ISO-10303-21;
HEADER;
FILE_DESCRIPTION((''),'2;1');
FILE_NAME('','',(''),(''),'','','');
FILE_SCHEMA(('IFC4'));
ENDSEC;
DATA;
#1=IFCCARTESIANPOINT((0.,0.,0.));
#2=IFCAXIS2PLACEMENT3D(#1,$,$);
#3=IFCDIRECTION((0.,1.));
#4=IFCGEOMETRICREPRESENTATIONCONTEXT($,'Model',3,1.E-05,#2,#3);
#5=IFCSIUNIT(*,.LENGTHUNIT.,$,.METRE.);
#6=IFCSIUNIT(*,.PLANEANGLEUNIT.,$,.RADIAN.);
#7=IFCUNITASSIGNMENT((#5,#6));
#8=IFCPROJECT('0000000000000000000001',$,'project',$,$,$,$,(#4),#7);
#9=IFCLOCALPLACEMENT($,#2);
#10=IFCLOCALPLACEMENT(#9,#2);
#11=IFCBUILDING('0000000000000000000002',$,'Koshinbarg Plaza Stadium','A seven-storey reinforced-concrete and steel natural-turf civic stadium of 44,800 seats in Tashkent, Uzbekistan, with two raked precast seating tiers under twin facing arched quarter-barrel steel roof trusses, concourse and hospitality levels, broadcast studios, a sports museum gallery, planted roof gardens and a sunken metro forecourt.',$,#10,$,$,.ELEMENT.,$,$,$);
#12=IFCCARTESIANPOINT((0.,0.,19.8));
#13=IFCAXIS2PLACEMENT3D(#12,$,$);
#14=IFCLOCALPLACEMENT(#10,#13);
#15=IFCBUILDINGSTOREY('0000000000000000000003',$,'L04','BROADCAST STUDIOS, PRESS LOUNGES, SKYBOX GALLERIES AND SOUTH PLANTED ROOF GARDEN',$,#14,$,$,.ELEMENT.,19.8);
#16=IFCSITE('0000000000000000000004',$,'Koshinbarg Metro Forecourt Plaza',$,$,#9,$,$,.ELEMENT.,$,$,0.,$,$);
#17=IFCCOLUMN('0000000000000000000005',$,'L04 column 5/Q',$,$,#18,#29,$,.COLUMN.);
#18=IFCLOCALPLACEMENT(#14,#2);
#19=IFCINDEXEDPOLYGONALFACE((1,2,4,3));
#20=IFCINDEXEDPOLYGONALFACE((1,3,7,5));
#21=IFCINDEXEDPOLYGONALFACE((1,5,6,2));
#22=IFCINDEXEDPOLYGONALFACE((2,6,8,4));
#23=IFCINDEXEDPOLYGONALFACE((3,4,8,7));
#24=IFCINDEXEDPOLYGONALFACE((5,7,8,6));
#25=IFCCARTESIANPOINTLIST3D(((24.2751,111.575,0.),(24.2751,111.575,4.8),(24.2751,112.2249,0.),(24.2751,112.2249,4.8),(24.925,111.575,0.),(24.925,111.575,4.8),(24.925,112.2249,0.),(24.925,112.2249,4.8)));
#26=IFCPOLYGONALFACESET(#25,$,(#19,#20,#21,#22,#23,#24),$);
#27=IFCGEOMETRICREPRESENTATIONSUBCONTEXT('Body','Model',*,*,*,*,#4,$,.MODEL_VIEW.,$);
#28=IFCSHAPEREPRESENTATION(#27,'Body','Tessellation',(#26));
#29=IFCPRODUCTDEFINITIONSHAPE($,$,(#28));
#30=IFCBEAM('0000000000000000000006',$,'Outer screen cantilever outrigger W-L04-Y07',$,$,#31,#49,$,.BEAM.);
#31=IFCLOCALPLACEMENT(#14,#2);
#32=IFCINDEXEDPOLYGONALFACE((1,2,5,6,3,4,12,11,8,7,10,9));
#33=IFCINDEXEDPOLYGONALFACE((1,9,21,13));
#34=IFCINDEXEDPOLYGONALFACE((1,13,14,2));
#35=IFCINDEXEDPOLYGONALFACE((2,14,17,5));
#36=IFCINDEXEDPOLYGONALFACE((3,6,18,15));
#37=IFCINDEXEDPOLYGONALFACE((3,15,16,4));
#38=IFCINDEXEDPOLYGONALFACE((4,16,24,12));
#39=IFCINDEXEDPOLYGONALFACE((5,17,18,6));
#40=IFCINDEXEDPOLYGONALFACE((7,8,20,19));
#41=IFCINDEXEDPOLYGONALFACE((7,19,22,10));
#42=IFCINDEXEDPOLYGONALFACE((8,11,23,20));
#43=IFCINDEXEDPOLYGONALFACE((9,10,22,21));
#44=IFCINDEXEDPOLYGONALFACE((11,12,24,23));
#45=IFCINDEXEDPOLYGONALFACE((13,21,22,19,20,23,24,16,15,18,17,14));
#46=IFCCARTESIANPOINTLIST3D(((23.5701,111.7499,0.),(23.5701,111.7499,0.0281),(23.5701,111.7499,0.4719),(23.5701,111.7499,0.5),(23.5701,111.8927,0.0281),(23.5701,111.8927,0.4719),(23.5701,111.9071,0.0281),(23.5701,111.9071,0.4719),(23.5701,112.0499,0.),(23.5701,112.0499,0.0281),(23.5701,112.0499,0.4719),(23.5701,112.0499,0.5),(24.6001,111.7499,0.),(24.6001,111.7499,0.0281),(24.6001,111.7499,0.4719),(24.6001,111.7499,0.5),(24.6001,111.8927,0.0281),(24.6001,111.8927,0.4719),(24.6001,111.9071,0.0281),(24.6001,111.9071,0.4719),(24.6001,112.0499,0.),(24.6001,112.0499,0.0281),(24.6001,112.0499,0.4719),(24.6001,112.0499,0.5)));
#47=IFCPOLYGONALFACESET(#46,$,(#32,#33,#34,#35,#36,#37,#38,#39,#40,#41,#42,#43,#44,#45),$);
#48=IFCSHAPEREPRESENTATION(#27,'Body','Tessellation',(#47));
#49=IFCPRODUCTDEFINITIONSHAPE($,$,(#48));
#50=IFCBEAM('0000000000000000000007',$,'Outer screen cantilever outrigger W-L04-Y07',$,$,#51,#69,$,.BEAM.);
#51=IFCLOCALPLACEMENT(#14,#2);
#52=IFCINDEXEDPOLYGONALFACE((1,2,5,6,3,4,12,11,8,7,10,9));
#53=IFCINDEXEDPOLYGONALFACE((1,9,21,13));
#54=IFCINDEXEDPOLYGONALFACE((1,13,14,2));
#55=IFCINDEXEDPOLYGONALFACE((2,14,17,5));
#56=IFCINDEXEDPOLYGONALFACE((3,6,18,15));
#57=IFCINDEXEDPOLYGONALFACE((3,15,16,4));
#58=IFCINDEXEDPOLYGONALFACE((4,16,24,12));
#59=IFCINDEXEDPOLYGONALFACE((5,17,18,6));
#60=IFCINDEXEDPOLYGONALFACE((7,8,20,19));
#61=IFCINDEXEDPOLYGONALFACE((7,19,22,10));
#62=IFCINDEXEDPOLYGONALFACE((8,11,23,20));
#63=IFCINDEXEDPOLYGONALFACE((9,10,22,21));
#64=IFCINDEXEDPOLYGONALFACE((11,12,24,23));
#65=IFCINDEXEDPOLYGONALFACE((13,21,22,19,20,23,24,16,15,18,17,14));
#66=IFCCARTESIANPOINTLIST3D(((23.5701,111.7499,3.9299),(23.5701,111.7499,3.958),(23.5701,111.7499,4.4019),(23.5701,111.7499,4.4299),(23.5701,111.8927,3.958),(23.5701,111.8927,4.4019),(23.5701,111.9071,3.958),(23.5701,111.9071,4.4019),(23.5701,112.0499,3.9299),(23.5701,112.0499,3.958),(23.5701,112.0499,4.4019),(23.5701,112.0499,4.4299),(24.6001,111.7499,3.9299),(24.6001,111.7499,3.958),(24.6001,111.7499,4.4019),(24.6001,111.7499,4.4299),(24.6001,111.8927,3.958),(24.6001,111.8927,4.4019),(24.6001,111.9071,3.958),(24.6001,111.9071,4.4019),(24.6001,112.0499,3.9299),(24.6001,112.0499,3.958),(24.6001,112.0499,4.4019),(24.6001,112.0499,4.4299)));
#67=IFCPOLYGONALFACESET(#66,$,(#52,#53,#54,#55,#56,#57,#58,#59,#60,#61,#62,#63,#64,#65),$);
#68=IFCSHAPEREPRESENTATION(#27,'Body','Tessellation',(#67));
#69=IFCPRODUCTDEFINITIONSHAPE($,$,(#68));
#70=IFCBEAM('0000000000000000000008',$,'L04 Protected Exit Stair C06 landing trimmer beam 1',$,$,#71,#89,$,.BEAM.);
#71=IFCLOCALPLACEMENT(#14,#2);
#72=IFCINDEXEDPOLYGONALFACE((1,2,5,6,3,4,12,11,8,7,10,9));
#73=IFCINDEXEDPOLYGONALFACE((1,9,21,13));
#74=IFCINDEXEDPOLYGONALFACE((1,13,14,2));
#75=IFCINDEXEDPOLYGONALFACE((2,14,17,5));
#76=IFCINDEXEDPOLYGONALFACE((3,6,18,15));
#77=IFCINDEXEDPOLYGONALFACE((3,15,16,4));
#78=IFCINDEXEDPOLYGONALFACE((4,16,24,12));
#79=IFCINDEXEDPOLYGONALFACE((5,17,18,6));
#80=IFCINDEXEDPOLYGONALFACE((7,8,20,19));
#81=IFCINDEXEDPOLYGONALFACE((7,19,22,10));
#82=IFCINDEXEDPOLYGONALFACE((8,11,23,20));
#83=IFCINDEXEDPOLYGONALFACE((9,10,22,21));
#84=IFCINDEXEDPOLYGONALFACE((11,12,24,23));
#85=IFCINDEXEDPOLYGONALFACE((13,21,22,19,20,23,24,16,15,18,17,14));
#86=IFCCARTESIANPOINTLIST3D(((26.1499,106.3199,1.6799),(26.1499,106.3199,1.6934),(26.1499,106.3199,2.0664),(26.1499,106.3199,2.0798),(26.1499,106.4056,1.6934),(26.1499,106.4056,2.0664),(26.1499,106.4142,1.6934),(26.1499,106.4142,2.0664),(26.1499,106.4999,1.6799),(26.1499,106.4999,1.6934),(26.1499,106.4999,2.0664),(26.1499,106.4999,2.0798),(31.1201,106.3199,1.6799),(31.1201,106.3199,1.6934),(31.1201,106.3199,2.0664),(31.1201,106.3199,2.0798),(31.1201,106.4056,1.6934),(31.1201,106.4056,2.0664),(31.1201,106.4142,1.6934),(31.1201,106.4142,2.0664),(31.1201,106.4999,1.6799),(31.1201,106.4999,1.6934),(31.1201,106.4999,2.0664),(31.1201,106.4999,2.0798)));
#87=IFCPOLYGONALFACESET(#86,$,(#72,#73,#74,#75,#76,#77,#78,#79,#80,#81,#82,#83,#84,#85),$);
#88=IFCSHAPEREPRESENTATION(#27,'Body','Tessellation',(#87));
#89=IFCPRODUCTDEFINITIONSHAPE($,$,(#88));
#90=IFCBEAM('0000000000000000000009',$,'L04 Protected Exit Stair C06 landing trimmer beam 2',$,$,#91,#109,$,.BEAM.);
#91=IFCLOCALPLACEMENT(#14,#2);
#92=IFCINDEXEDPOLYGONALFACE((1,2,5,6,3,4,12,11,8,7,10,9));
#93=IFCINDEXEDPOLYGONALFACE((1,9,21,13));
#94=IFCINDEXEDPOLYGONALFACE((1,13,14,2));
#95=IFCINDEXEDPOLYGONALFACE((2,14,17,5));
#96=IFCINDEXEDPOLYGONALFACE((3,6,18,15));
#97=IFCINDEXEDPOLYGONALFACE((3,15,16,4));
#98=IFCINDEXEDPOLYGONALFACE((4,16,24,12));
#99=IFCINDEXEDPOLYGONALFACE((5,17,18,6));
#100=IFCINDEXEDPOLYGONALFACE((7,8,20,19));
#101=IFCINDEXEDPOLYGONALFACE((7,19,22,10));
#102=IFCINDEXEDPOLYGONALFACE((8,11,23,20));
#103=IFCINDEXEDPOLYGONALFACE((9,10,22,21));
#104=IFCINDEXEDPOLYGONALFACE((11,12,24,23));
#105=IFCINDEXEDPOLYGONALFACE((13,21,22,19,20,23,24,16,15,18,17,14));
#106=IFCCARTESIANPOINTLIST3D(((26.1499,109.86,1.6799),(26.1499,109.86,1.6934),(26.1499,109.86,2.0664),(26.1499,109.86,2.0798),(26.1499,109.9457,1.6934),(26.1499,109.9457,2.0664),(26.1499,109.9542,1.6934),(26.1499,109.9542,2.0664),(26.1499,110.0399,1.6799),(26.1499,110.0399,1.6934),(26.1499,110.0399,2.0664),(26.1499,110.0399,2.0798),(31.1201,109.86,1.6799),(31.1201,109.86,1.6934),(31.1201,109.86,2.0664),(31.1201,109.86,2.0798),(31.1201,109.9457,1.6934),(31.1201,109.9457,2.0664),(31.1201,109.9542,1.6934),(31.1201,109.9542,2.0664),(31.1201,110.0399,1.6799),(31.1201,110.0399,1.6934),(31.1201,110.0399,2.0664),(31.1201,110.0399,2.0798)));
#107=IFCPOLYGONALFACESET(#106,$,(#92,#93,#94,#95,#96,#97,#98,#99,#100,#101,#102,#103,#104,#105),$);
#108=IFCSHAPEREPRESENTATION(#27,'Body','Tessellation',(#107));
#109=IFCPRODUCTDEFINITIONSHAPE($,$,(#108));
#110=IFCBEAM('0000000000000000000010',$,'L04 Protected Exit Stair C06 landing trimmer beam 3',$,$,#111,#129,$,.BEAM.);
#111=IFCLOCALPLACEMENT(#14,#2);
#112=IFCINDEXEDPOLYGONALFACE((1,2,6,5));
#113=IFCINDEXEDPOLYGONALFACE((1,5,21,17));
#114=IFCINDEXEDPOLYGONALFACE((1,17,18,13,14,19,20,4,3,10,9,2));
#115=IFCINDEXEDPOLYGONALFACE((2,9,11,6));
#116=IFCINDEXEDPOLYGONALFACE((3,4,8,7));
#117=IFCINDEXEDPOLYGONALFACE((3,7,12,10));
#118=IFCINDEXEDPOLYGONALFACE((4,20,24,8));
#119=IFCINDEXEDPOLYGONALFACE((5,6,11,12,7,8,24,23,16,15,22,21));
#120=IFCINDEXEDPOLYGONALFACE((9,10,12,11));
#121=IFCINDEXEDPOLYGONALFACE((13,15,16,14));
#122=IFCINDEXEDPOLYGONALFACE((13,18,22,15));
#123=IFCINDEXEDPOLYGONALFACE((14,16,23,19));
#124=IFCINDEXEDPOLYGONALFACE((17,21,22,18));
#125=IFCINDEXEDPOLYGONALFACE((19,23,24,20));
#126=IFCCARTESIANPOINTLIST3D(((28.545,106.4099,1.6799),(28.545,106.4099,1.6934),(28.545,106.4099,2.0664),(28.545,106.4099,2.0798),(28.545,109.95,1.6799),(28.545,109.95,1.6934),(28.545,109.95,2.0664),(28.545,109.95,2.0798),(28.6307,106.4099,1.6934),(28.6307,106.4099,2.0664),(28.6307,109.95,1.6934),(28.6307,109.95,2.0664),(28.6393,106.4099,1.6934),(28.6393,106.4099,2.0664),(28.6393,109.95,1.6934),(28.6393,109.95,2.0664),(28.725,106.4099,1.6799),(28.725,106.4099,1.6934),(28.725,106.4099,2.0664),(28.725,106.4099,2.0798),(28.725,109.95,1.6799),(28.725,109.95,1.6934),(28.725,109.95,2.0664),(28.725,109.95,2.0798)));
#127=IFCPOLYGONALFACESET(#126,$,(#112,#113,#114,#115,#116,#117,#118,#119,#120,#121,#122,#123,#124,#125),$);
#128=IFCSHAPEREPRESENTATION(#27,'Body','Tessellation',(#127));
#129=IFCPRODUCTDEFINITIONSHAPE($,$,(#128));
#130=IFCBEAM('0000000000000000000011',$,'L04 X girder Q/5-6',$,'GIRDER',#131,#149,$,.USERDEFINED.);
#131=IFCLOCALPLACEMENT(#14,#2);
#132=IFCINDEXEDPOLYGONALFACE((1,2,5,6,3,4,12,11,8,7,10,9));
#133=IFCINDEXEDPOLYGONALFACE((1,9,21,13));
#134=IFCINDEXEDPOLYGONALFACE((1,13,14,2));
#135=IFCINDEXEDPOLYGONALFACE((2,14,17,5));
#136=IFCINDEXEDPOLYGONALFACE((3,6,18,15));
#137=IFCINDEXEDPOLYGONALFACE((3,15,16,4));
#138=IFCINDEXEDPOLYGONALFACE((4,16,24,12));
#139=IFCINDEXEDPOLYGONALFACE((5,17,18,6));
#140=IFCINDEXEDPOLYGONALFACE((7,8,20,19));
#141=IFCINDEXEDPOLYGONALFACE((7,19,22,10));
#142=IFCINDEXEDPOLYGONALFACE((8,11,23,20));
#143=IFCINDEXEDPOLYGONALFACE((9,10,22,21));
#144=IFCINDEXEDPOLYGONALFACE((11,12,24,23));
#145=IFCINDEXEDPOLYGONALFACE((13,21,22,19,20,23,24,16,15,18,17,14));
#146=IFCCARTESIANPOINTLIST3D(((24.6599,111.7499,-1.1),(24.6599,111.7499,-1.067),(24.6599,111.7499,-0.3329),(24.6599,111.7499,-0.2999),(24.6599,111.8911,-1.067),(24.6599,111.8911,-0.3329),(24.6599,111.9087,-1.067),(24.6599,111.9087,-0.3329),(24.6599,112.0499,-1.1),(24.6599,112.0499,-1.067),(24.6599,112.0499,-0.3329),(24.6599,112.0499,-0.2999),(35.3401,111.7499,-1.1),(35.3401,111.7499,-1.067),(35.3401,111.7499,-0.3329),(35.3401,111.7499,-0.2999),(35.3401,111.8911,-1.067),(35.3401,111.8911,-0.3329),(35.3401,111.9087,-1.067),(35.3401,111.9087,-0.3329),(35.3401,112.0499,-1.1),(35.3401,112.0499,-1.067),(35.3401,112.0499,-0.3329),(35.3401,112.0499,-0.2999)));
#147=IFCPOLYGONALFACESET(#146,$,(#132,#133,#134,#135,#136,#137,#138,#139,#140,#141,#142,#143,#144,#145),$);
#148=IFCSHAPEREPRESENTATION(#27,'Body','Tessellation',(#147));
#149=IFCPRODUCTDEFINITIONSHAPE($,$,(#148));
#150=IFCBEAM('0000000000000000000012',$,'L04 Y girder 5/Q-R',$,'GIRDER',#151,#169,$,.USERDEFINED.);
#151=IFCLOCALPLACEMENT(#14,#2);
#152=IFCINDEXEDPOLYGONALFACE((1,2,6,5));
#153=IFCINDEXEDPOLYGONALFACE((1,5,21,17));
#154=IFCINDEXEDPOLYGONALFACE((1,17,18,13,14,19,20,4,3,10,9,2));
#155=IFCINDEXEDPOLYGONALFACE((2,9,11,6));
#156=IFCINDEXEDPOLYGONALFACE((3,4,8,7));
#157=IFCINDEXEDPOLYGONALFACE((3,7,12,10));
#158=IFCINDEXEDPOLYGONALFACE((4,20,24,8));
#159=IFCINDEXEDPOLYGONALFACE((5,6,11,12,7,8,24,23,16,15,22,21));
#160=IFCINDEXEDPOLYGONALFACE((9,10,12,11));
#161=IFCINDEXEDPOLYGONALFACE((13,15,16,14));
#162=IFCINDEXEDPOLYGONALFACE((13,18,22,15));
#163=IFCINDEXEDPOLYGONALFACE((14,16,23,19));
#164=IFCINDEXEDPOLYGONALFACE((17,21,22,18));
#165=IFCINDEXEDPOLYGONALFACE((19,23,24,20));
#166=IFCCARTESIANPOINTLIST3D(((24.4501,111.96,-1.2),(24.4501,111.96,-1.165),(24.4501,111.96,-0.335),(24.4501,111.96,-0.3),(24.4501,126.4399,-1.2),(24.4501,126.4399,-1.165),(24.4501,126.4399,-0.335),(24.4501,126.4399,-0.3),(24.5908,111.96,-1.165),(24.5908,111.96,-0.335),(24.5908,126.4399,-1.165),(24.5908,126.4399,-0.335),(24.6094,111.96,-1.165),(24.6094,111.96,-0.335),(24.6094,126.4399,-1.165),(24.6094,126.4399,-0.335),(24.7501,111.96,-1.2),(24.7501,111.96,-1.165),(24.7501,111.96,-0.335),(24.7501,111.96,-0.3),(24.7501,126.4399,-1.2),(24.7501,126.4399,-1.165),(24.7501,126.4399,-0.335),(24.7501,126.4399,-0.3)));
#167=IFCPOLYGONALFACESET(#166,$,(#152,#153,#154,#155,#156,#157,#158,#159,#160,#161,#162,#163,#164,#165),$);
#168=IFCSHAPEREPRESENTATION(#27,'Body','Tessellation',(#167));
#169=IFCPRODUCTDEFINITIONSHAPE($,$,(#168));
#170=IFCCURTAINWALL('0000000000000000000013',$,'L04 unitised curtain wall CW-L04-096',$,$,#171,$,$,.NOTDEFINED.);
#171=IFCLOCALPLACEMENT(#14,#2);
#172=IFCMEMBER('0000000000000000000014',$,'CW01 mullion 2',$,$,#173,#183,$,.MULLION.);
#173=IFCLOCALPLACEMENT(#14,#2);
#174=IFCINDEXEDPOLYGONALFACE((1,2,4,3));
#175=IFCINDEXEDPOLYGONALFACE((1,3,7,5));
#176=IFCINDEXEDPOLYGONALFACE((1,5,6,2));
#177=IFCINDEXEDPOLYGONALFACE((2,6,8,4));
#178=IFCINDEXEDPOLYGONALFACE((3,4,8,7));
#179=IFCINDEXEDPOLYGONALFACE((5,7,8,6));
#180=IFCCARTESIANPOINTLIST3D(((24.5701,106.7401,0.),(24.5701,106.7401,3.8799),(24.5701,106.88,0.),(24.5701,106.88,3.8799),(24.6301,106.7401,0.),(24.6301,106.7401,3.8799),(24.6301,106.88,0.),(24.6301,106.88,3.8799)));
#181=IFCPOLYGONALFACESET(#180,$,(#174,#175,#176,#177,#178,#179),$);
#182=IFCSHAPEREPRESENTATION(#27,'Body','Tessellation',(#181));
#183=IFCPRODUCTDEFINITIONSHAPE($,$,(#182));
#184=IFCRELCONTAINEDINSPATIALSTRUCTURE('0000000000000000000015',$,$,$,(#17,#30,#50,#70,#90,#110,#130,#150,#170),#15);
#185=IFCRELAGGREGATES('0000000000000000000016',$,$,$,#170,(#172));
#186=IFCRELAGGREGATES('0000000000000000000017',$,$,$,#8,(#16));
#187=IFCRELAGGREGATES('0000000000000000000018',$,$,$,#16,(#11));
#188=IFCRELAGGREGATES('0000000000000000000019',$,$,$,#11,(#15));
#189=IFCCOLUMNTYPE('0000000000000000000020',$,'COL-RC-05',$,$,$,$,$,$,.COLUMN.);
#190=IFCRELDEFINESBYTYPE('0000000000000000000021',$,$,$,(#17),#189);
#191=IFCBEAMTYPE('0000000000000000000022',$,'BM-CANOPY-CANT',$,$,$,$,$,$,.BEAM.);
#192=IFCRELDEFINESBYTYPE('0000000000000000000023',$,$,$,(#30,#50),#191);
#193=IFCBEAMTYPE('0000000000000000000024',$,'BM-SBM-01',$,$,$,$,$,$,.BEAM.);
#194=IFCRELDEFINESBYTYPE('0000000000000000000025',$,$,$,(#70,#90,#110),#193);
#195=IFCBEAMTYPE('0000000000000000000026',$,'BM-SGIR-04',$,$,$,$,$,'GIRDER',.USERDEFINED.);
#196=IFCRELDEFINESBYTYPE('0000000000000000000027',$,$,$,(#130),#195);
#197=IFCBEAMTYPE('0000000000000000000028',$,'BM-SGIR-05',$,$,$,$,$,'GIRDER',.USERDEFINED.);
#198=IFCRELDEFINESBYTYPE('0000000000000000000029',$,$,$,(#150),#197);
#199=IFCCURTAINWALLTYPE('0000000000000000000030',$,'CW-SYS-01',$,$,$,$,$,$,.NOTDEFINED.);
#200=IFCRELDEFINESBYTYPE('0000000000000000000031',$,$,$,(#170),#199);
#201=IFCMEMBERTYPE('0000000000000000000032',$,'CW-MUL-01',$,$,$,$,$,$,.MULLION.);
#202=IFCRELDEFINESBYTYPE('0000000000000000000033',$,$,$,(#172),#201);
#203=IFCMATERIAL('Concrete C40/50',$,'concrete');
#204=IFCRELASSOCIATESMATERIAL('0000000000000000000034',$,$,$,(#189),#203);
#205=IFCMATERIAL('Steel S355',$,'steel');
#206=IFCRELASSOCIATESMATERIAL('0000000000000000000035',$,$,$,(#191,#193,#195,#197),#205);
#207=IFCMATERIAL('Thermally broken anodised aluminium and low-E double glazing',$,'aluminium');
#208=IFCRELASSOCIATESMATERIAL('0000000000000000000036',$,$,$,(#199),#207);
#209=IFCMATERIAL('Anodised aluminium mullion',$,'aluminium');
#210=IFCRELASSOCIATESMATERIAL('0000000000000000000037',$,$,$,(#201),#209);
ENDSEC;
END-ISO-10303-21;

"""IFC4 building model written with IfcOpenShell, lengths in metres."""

from ifc_helpers import new_model, si_unit, direction, frame, origin, origin_2d, place, context, subcontext, project, spatial, rectangle, i_section, extrude, material, material_profile, profile_set, type_object, element, aggregate, save


model = new_model("IFC4")

# Units and contexts
model_context = context("Model", 3, precision=1e-05, world=origin(), true_north=direction((0.0, 1.0)))
body_context = subcontext(model_context, "Body", "Model", "MODEL_VIEW")
ifc_project = project(units=[si_unit("LENGTHUNIT", "METRE"), si_unit("PLANEANGLEUNIT", "RADIAN")], contexts=[model_context])

# Site, building, storey
site_placement = place(None, origin())
site = spatial("IfcSite", under=ifc_project, at=site_placement, Name="Koshinbarg Metro Forecourt Plaza", CompositionType="ELEMENT", RefElevation=0.0)
building_placement = place(site_placement, origin())
building = spatial("IfcBuilding", under=site, at=building_placement, Name="Koshinbarg Plaza Stadium", Description="A seven-storey reinforced-concrete and steel natural-turf civic stadium of 44,800 seats in Tashkent, Uzbekistan, with two raked precast seating tiers under twin facing arched quarter-barrel steel roof trusses, concourse and hospitality levels, broadcast studios, a sports museum gallery, planted roof gardens and a sunken metro forecourt.", CompositionType="ELEMENT")
storey_placement = place(building_placement, frame((0.0, 0.0, 19.8)))
storey = spatial("IfcBuildingStorey", under=building, at=storey_placement, Name="L04", Description="BROADCAST STUDIOS, PRESS LOUNGES, SKYBOX GALLERIES AND SOUTH PLANTED ROOF GARDEN", CompositionType="ELEMENT", Elevation=19.8)

# Column
ifc_material_1 = material(Name="Concrete C40/50", Category="concrete")
ifc_material_profile_1 = material_profile(ifc_material_1, rectangle(XDim=0.6499, YDim=0.6499, at=origin_2d()), Name="RC 650x650")
ifc_profile_set_1 = profile_set([ifc_material_profile_1], Name="Concrete C40/50")
column_type = type_object("IfcColumnType", Name="COL-RC-05", PredefinedType="COLUMN", material=ifc_profile_set_1)
column_placement = place(storey_placement, frame((24.6001, 111.8999, 0.0), z_axis=(0.0, 0.0, 1.0), x_axis=(1.0, 0.0, 0.0)))
element("IfcColumn", 1, at=column_placement, inside=storey, type_object=column_type, Name="L04 column 5/Q", PredefinedType="COLUMN", context=body_context, shape_type="SweptSolid", body=[
    extrude(rectangle(XDim=0.6499, YDim=0.6499, at=origin_2d()), origin(), (0.0, 0.0, 1.0), 4.8),
])

# Beams
ifc_material_2 = material(Name="Steel S355", Category="steel")
ifc_material_profile_2 = material_profile(ifc_material_2, i_section(OverallWidth=0.3, OverallDepth=0.5, WebThickness=0.0144, FlangeThickness=0.0281, at=origin_2d()), Name="HEB 500")
ifc_profile_set_2 = profile_set([ifc_material_profile_2], Name="Steel S355")
beam_type_1 = type_object("IfcBeamType", Name="BM-CANOPY-CANT", PredefinedType="BEAM", material=ifc_profile_set_2)
for number, where, z_axis, x_axis, name in (
    (2, (24.6001, 111.8999, 0.25), (-1.0, 0.0, 0.0), (0.0, -1.0, 0.0), "Outer screen cantilever outrigger W-L04-Y07"),
    (3, (24.6001, 111.8999, 4.1799), (-1.0, 0.0, 0.0), (0.0, -1.0, 0.0), "Outer screen cantilever outrigger W-L04-Y07"),
):
    element("IfcBeam", number, at=place(storey_placement, frame(where, z_axis=z_axis, x_axis=x_axis)), inside=storey, type_object=beam_type_1, Name=name, PredefinedType="BEAM", context=body_context, shape_type="SweptSolid", body=[
        extrude(i_section(OverallWidth=0.3, OverallDepth=0.5, WebThickness=0.0144, FlangeThickness=0.0281, at=origin_2d()), origin(), (0.0, 0.0, 1.0), 1.03),
    ])
ifc_material_profile_3 = material_profile(ifc_material_2, i_section(OverallWidth=0.1799, OverallDepth=0.3999, WebThickness=0.0085, FlangeThickness=0.0134, at=origin_2d()), Name="IPE 400")
ifc_profile_set_3 = profile_set([ifc_material_profile_3], Name="Steel S355")
beam_type_2 = type_object("IfcBeamType", Name="BM-SBM-01", PredefinedType="BEAM", material=ifc_profile_set_3)
for number, where, z_axis, x_axis, name in (
    (4, (26.1499, 106.4099, 1.8799), (1.0, 0.0, 0.0), (0.0, 1.0, 0.0), "L04 Protected Exit Stair C06 landing trimmer beam 1"),
    (5, (26.1499, 109.95, 1.8799), (1.0, 0.0, 0.0), (0.0, 1.0, 0.0), "L04 Protected Exit Stair C06 landing trimmer beam 2"),
):
    element("IfcBeam", number, at=place(storey_placement, frame(where, z_axis=z_axis, x_axis=x_axis)), inside=storey, type_object=beam_type_2, Name=name, PredefinedType="BEAM", context=body_context, shape_type="SweptSolid", body=[
        extrude(i_section(OverallWidth=0.1799, OverallDepth=0.3999, WebThickness=0.0085, FlangeThickness=0.0134, at=origin_2d()), origin(), (0.0, 0.0, 1.0), 4.9702),
    ])
beam_1_placement = place(storey_placement, frame((28.635, 106.4099, 1.8799), z_axis=(0.0, 1.0, 0.0), x_axis=(-1.0, 0.0, 0.0)))
element("IfcBeam", 6, at=beam_1_placement, inside=storey, type_object=beam_type_2, Name="L04 Protected Exit Stair C06 landing trimmer beam 3", PredefinedType="BEAM", context=body_context, shape_type="SweptSolid", body=[
    extrude(i_section(OverallWidth=0.1799, OverallDepth=0.3999, WebThickness=0.0085, FlangeThickness=0.0134, at=origin_2d()), origin(), (0.0, 0.0, 1.0), 3.54),
])
ifc_material_profile_4 = material_profile(ifc_material_2, i_section(OverallWidth=0.3, OverallDepth=0.8, WebThickness=0.0176, FlangeThickness=0.033, at=origin_2d()), Name="HEB 800")
ifc_profile_set_4 = profile_set([ifc_material_profile_4], Name="Steel S355")
beam_type_3 = type_object("IfcBeamType", Name="BM-SGIR-04", ElementType="GIRDER", PredefinedType="USERDEFINED", material=ifc_profile_set_4)
beam_2_placement = place(storey_placement, frame((24.6599, 111.8999, -0.7), z_axis=(1.0, 0.0, 0.0), x_axis=(0.0, 1.0, 0.0)))
element("IfcBeam", 7, at=beam_2_placement, inside=storey, type_object=beam_type_3, Name="L04 X girder Q/5-6", ObjectType="GIRDER", PredefinedType="USERDEFINED", context=body_context, shape_type="SweptSolid", body=[
    extrude(i_section(OverallWidth=0.3, OverallDepth=0.8, WebThickness=0.0176, FlangeThickness=0.033, at=origin_2d()), origin(), (0.0, 0.0, 1.0), 10.6802),
])
ifc_material_profile_5 = material_profile(ifc_material_2, i_section(OverallWidth=0.3, OverallDepth=0.8999, WebThickness=0.0186, FlangeThickness=0.0349, at=origin_2d()), Name="HEB 900")
ifc_profile_set_5 = profile_set([ifc_material_profile_5], Name="Steel S355")
beam_type_4 = type_object("IfcBeamType", Name="BM-SGIR-05", ElementType="GIRDER", PredefinedType="USERDEFINED", material=ifc_profile_set_5)
beam_3_placement = place(storey_placement, frame((24.6001, 111.96, -0.75), z_axis=(0.0, 1.0, 0.0), x_axis=(-1.0, 0.0, 0.0)))
element("IfcBeam", 8, at=beam_3_placement, inside=storey, type_object=beam_type_4, Name="L04 Y girder 5/Q-R", ObjectType="GIRDER", PredefinedType="USERDEFINED", context=body_context, shape_type="SweptSolid", body=[
    extrude(i_section(OverallWidth=0.3, OverallDepth=0.8999, WebThickness=0.0186, FlangeThickness=0.0349, at=origin_2d()), origin(), (0.0, 0.0, 1.0), 14.48),
])

# Curtain wall, member
ifc_material_3 = material(Name="Thermally broken anodised aluminium and low-E double glazing", Category="aluminium")
curtain_wall_type = type_object("IfcCurtainWallType", Name="CW-SYS-01", PredefinedType="NOTDEFINED", material=ifc_material_3)
curtain_wall_placement = place(storey_placement, origin())
curtain_wall = element("IfcCurtainWall", 9, at=curtain_wall_placement, inside=storey, type_object=curtain_wall_type, Name="L04 unitised curtain wall CW-L04-096", PredefinedType="NOTDEFINED")
ifc_material_4 = material(Name="Anodised aluminium mullion", Category="aluminium")
ifc_material_profile_6 = material_profile(ifc_material_4, rectangle(XDim=0.0601, YDim=0.1399, at=origin_2d()), Name="ALU 60x140")
ifc_profile_set_6 = profile_set([ifc_material_profile_6], Name="Anodised aluminium mullion")
member_type_1 = type_object("IfcMemberType", Name="CW-MUL-01", PredefinedType="MULLION", material=ifc_profile_set_6)
member_1_placement = place(storey_placement, frame((24.6001, 106.8101, 0.0), z_axis=(0.0, 0.0, 1.0), x_axis=(-1.0, 0.0, 0.0)))
member_1 = element("IfcMember", 10, at=member_1_placement, type_object=member_type_1, Name="CW01 mullion 2", PredefinedType="MULLION", context=body_context, shape_type="SweptSolid", body=[
    extrude(rectangle(XDim=0.0601, YDim=0.1399, at=origin_2d()), origin(), (0.0, 0.0, 1.0), 3.8799),
])

aggregate(curtain_wall, [member_1])

save(model, "model.ifc")
